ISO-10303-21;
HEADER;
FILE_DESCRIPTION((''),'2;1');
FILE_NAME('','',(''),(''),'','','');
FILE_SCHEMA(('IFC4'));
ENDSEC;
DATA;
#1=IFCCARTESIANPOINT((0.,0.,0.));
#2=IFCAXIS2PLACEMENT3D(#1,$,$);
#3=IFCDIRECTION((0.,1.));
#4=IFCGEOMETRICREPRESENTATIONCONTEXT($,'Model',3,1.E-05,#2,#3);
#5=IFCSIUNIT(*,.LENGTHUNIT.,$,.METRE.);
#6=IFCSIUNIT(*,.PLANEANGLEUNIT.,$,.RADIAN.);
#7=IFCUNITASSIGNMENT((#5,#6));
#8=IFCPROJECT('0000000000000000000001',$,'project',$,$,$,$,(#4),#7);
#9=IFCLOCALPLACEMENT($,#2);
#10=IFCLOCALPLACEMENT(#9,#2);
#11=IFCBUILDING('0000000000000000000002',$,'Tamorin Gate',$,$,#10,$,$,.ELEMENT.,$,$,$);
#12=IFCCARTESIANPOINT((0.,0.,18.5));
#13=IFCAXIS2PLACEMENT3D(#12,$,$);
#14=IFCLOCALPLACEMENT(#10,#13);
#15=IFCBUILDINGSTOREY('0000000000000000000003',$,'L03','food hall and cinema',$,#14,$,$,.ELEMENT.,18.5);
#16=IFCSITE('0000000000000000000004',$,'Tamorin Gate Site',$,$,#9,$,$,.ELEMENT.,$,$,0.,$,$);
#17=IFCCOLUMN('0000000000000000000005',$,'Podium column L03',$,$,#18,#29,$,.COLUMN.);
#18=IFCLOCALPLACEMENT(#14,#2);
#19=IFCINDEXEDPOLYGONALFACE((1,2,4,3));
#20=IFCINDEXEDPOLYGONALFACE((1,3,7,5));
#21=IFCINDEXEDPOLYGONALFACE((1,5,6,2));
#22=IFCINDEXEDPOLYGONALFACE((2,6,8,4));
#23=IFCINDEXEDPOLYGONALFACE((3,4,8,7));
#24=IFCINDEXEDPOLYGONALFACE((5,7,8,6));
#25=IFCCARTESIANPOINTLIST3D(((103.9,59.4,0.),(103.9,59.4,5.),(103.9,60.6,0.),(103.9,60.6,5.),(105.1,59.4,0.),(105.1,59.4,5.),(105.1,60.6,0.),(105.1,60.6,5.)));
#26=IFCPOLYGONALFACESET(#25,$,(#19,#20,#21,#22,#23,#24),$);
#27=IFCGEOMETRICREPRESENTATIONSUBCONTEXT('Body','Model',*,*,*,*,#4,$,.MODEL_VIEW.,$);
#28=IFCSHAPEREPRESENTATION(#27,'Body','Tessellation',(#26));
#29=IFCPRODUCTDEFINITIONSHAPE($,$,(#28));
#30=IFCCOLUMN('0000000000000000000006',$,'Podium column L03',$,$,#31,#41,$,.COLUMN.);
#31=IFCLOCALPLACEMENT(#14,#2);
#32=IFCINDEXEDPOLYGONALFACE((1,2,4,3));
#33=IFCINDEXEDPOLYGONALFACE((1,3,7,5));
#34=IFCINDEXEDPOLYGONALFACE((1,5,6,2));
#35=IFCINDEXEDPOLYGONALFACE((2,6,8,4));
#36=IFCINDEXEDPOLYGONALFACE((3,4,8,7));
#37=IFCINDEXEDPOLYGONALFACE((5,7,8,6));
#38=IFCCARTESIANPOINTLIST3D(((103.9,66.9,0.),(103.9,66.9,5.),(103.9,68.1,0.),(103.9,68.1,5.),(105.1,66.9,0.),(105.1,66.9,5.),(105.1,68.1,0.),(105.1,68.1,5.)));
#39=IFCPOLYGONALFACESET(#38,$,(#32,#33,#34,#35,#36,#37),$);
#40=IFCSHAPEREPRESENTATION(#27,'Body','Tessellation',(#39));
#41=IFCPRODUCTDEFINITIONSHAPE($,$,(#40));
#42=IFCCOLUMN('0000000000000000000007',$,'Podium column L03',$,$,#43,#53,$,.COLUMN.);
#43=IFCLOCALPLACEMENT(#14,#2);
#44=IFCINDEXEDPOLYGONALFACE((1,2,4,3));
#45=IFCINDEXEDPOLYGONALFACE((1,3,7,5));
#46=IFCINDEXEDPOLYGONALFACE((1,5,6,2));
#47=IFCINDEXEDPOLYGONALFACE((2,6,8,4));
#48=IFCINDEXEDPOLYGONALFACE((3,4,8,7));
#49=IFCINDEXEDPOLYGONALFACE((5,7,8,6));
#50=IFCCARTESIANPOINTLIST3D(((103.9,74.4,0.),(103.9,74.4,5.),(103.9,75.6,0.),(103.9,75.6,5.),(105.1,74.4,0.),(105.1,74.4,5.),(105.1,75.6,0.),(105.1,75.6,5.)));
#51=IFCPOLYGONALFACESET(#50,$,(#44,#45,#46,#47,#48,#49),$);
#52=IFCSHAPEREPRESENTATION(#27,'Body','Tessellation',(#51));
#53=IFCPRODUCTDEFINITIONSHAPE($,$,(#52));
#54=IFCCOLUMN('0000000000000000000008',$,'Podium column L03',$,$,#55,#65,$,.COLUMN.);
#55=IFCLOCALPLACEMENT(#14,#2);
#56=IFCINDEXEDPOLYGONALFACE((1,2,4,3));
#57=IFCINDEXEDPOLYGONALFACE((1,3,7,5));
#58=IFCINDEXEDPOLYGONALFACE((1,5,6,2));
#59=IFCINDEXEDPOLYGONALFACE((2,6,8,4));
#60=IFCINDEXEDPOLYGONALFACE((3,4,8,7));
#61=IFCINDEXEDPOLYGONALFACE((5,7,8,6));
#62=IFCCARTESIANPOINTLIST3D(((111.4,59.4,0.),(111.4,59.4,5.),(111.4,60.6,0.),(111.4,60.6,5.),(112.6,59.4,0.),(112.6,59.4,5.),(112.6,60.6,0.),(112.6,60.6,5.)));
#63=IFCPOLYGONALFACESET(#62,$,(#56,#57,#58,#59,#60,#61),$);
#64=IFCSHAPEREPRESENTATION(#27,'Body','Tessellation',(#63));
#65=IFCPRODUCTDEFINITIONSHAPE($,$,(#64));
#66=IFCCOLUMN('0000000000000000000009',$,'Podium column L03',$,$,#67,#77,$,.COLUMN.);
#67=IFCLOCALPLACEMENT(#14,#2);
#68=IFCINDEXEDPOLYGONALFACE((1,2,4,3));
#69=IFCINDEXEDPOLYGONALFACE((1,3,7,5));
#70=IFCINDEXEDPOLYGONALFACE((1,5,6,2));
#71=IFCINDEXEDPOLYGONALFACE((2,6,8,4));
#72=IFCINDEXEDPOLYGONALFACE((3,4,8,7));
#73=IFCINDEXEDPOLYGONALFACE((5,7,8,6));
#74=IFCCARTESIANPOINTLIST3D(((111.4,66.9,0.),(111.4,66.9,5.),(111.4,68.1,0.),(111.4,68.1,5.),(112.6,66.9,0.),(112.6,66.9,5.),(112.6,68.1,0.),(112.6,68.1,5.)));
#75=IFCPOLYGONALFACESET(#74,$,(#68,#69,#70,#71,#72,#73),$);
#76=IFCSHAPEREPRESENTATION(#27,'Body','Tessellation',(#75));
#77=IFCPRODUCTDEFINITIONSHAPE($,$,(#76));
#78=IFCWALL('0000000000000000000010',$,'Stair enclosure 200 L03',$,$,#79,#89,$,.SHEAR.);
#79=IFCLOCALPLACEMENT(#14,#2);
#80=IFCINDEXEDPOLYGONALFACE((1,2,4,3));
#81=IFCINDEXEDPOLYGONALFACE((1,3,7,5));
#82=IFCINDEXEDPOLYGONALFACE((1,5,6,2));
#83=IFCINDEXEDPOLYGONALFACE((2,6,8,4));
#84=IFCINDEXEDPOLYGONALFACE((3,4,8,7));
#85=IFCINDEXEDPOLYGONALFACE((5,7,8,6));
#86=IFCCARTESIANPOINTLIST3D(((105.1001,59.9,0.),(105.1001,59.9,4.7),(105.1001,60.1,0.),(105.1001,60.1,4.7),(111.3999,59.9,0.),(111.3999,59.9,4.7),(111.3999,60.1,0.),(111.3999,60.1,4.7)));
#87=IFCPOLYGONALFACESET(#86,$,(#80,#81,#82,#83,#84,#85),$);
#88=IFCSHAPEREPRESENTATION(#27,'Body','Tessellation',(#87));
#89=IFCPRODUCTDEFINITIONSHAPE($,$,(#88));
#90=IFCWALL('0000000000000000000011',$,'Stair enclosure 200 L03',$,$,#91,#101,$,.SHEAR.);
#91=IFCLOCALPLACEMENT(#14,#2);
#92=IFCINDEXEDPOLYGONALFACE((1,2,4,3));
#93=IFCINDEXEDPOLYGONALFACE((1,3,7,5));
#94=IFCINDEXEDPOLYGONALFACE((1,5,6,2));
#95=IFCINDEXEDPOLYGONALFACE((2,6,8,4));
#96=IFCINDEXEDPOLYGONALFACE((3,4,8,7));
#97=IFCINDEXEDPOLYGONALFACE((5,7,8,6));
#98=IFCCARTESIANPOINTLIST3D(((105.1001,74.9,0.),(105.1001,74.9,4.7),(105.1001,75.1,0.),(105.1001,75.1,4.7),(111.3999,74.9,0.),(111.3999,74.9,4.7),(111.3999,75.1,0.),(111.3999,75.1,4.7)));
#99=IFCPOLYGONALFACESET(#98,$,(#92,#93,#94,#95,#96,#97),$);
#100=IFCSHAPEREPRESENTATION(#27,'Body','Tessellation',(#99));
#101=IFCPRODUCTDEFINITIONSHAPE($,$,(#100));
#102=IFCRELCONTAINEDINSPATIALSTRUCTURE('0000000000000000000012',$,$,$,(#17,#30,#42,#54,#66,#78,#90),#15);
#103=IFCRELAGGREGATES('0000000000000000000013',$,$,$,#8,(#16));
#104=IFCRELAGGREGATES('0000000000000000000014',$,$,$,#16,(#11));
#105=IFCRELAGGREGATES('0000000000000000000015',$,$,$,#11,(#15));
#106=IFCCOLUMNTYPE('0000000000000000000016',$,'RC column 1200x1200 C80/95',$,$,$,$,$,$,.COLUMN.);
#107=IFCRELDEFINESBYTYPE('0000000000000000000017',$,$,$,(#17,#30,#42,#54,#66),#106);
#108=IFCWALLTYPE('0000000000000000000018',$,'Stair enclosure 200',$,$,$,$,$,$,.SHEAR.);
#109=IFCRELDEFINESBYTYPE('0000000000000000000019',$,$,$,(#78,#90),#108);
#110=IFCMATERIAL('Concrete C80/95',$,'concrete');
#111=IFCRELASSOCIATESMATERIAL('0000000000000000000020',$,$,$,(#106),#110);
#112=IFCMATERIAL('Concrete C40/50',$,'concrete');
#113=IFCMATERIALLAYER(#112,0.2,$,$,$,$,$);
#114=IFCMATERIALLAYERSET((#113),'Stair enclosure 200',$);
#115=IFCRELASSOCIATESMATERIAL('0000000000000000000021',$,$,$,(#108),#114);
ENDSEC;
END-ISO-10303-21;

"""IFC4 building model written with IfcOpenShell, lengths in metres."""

from ifc_helpers import new_model, si_unit, direction, frame, frame_2d, origin, origin_2d, place, context, subcontext, project, spatial, rectangle, extrude, material, layer, layer_set, material_profile, profile_set, type_object, element, save


model = new_model("IFC4")

# Units and contexts
model_context = context("Model", 3, precision=1e-05, world=origin(), true_north=direction((0.0, 1.0)))
body_context = subcontext(model_context, "Body", "Model", "MODEL_VIEW")
ifc_project = project(units=[si_unit("LENGTHUNIT", "METRE"), si_unit("PLANEANGLEUNIT", "RADIAN")], contexts=[model_context])

# Site, building, storey
site_placement = place(None, origin())
site = spatial("IfcSite", under=ifc_project, at=site_placement, Name="Tamorin Gate Site", CompositionType="ELEMENT", RefElevation=0.0)
building_placement = place(site_placement, origin())
building = spatial("IfcBuilding", under=site, at=building_placement, Name="Tamorin Gate", CompositionType="ELEMENT")
storey_placement = place(building_placement, frame((0.0, 0.0, 18.5)))
storey = spatial("IfcBuildingStorey", under=building, at=storey_placement, Name="L03", Description="food hall and cinema", CompositionType="ELEMENT", Elevation=18.5)

# Columns
ifc_material_1 = material(Name="Concrete C80/95", Category="concrete")
ifc_material_profile = material_profile(ifc_material_1, rectangle(XDim=1.2, YDim=1.2, at=origin_2d()), Name="RC 1200x1200")
ifc_profile_set = profile_set([ifc_material_profile], Name="Concrete C80/95")
column_type = type_object("IfcColumnType", Name="RC column 1200x1200 C80/95", PredefinedType="COLUMN", material=ifc_profile_set)
for number, where, z_axis, x_axis, name in (
    (1, (104.5, 60.0, 0.0), (0.0, 0.0, 1.0), (1.0, 0.0, 0.0), "Podium column L03"),
    (2, (104.5, 67.5, 0.0), (0.0, 0.0, 1.0), (1.0, 0.0, 0.0), "Podium column L03"),
    (3, (104.5, 75.0, 0.0), (0.0, 0.0, 1.0), (1.0, 0.0, 0.0), "Podium column L03"),
    (4, (112.0, 60.0, 0.0), (0.0, 0.0, 1.0), (1.0, 0.0, 0.0), "Podium column L03"),
    (5, (112.0, 67.5, 0.0), (0.0, 0.0, 1.0), (1.0, 0.0, 0.0), "Podium column L03"),
):
    element("IfcColumn", number, at=place(storey_placement, frame(where, z_axis=z_axis, x_axis=x_axis)), inside=storey, type_object=column_type, Name=name, PredefinedType="COLUMN", context=body_context, shape_type="SweptSolid", body=[
        extrude(rectangle(XDim=1.2, YDim=1.2, at=origin_2d()), origin(), (0.0, 0.0, 1.0), 5.0),
    ])

# Walls
ifc_material_2 = material(Name="Concrete C40/50", Category="concrete")
ifc_layer = layer(ifc_material_2, 0.2)
ifc_layer_set = layer_set([ifc_layer], Name="Stair enclosure 200")
wall_type = type_object("IfcWallType", Name="Stair enclosure 200", PredefinedType="SHEAR", material=ifc_layer_set)
for number, where, z_axis, x_axis, name in (
    (6, (105.1001, 60.0, 0.0), (0.0, 0.0, 1.0), (1.0, 0.0, 0.0), "Stair enclosure 200 L03"),
    (7, (105.1001, 75.0, 0.0), (0.0, 0.0, 1.0), (1.0, 0.0, 0.0), "Stair enclosure 200 L03"),
):
    element("IfcWall", number, at=place(storey_placement, frame(where, z_axis=z_axis, x_axis=x_axis)), inside=storey, type_object=wall_type, Name=name, PredefinedType="SHEAR", context=body_context, shape_type="SweptSolid", body=[
        extrude(rectangle(XDim=6.2998, YDim=0.2, at=frame_2d((3.1499, 0.0))), origin(), (0.0, 0.0, 1.0), 4.7),
    ])

save(model, "model.ifc")
